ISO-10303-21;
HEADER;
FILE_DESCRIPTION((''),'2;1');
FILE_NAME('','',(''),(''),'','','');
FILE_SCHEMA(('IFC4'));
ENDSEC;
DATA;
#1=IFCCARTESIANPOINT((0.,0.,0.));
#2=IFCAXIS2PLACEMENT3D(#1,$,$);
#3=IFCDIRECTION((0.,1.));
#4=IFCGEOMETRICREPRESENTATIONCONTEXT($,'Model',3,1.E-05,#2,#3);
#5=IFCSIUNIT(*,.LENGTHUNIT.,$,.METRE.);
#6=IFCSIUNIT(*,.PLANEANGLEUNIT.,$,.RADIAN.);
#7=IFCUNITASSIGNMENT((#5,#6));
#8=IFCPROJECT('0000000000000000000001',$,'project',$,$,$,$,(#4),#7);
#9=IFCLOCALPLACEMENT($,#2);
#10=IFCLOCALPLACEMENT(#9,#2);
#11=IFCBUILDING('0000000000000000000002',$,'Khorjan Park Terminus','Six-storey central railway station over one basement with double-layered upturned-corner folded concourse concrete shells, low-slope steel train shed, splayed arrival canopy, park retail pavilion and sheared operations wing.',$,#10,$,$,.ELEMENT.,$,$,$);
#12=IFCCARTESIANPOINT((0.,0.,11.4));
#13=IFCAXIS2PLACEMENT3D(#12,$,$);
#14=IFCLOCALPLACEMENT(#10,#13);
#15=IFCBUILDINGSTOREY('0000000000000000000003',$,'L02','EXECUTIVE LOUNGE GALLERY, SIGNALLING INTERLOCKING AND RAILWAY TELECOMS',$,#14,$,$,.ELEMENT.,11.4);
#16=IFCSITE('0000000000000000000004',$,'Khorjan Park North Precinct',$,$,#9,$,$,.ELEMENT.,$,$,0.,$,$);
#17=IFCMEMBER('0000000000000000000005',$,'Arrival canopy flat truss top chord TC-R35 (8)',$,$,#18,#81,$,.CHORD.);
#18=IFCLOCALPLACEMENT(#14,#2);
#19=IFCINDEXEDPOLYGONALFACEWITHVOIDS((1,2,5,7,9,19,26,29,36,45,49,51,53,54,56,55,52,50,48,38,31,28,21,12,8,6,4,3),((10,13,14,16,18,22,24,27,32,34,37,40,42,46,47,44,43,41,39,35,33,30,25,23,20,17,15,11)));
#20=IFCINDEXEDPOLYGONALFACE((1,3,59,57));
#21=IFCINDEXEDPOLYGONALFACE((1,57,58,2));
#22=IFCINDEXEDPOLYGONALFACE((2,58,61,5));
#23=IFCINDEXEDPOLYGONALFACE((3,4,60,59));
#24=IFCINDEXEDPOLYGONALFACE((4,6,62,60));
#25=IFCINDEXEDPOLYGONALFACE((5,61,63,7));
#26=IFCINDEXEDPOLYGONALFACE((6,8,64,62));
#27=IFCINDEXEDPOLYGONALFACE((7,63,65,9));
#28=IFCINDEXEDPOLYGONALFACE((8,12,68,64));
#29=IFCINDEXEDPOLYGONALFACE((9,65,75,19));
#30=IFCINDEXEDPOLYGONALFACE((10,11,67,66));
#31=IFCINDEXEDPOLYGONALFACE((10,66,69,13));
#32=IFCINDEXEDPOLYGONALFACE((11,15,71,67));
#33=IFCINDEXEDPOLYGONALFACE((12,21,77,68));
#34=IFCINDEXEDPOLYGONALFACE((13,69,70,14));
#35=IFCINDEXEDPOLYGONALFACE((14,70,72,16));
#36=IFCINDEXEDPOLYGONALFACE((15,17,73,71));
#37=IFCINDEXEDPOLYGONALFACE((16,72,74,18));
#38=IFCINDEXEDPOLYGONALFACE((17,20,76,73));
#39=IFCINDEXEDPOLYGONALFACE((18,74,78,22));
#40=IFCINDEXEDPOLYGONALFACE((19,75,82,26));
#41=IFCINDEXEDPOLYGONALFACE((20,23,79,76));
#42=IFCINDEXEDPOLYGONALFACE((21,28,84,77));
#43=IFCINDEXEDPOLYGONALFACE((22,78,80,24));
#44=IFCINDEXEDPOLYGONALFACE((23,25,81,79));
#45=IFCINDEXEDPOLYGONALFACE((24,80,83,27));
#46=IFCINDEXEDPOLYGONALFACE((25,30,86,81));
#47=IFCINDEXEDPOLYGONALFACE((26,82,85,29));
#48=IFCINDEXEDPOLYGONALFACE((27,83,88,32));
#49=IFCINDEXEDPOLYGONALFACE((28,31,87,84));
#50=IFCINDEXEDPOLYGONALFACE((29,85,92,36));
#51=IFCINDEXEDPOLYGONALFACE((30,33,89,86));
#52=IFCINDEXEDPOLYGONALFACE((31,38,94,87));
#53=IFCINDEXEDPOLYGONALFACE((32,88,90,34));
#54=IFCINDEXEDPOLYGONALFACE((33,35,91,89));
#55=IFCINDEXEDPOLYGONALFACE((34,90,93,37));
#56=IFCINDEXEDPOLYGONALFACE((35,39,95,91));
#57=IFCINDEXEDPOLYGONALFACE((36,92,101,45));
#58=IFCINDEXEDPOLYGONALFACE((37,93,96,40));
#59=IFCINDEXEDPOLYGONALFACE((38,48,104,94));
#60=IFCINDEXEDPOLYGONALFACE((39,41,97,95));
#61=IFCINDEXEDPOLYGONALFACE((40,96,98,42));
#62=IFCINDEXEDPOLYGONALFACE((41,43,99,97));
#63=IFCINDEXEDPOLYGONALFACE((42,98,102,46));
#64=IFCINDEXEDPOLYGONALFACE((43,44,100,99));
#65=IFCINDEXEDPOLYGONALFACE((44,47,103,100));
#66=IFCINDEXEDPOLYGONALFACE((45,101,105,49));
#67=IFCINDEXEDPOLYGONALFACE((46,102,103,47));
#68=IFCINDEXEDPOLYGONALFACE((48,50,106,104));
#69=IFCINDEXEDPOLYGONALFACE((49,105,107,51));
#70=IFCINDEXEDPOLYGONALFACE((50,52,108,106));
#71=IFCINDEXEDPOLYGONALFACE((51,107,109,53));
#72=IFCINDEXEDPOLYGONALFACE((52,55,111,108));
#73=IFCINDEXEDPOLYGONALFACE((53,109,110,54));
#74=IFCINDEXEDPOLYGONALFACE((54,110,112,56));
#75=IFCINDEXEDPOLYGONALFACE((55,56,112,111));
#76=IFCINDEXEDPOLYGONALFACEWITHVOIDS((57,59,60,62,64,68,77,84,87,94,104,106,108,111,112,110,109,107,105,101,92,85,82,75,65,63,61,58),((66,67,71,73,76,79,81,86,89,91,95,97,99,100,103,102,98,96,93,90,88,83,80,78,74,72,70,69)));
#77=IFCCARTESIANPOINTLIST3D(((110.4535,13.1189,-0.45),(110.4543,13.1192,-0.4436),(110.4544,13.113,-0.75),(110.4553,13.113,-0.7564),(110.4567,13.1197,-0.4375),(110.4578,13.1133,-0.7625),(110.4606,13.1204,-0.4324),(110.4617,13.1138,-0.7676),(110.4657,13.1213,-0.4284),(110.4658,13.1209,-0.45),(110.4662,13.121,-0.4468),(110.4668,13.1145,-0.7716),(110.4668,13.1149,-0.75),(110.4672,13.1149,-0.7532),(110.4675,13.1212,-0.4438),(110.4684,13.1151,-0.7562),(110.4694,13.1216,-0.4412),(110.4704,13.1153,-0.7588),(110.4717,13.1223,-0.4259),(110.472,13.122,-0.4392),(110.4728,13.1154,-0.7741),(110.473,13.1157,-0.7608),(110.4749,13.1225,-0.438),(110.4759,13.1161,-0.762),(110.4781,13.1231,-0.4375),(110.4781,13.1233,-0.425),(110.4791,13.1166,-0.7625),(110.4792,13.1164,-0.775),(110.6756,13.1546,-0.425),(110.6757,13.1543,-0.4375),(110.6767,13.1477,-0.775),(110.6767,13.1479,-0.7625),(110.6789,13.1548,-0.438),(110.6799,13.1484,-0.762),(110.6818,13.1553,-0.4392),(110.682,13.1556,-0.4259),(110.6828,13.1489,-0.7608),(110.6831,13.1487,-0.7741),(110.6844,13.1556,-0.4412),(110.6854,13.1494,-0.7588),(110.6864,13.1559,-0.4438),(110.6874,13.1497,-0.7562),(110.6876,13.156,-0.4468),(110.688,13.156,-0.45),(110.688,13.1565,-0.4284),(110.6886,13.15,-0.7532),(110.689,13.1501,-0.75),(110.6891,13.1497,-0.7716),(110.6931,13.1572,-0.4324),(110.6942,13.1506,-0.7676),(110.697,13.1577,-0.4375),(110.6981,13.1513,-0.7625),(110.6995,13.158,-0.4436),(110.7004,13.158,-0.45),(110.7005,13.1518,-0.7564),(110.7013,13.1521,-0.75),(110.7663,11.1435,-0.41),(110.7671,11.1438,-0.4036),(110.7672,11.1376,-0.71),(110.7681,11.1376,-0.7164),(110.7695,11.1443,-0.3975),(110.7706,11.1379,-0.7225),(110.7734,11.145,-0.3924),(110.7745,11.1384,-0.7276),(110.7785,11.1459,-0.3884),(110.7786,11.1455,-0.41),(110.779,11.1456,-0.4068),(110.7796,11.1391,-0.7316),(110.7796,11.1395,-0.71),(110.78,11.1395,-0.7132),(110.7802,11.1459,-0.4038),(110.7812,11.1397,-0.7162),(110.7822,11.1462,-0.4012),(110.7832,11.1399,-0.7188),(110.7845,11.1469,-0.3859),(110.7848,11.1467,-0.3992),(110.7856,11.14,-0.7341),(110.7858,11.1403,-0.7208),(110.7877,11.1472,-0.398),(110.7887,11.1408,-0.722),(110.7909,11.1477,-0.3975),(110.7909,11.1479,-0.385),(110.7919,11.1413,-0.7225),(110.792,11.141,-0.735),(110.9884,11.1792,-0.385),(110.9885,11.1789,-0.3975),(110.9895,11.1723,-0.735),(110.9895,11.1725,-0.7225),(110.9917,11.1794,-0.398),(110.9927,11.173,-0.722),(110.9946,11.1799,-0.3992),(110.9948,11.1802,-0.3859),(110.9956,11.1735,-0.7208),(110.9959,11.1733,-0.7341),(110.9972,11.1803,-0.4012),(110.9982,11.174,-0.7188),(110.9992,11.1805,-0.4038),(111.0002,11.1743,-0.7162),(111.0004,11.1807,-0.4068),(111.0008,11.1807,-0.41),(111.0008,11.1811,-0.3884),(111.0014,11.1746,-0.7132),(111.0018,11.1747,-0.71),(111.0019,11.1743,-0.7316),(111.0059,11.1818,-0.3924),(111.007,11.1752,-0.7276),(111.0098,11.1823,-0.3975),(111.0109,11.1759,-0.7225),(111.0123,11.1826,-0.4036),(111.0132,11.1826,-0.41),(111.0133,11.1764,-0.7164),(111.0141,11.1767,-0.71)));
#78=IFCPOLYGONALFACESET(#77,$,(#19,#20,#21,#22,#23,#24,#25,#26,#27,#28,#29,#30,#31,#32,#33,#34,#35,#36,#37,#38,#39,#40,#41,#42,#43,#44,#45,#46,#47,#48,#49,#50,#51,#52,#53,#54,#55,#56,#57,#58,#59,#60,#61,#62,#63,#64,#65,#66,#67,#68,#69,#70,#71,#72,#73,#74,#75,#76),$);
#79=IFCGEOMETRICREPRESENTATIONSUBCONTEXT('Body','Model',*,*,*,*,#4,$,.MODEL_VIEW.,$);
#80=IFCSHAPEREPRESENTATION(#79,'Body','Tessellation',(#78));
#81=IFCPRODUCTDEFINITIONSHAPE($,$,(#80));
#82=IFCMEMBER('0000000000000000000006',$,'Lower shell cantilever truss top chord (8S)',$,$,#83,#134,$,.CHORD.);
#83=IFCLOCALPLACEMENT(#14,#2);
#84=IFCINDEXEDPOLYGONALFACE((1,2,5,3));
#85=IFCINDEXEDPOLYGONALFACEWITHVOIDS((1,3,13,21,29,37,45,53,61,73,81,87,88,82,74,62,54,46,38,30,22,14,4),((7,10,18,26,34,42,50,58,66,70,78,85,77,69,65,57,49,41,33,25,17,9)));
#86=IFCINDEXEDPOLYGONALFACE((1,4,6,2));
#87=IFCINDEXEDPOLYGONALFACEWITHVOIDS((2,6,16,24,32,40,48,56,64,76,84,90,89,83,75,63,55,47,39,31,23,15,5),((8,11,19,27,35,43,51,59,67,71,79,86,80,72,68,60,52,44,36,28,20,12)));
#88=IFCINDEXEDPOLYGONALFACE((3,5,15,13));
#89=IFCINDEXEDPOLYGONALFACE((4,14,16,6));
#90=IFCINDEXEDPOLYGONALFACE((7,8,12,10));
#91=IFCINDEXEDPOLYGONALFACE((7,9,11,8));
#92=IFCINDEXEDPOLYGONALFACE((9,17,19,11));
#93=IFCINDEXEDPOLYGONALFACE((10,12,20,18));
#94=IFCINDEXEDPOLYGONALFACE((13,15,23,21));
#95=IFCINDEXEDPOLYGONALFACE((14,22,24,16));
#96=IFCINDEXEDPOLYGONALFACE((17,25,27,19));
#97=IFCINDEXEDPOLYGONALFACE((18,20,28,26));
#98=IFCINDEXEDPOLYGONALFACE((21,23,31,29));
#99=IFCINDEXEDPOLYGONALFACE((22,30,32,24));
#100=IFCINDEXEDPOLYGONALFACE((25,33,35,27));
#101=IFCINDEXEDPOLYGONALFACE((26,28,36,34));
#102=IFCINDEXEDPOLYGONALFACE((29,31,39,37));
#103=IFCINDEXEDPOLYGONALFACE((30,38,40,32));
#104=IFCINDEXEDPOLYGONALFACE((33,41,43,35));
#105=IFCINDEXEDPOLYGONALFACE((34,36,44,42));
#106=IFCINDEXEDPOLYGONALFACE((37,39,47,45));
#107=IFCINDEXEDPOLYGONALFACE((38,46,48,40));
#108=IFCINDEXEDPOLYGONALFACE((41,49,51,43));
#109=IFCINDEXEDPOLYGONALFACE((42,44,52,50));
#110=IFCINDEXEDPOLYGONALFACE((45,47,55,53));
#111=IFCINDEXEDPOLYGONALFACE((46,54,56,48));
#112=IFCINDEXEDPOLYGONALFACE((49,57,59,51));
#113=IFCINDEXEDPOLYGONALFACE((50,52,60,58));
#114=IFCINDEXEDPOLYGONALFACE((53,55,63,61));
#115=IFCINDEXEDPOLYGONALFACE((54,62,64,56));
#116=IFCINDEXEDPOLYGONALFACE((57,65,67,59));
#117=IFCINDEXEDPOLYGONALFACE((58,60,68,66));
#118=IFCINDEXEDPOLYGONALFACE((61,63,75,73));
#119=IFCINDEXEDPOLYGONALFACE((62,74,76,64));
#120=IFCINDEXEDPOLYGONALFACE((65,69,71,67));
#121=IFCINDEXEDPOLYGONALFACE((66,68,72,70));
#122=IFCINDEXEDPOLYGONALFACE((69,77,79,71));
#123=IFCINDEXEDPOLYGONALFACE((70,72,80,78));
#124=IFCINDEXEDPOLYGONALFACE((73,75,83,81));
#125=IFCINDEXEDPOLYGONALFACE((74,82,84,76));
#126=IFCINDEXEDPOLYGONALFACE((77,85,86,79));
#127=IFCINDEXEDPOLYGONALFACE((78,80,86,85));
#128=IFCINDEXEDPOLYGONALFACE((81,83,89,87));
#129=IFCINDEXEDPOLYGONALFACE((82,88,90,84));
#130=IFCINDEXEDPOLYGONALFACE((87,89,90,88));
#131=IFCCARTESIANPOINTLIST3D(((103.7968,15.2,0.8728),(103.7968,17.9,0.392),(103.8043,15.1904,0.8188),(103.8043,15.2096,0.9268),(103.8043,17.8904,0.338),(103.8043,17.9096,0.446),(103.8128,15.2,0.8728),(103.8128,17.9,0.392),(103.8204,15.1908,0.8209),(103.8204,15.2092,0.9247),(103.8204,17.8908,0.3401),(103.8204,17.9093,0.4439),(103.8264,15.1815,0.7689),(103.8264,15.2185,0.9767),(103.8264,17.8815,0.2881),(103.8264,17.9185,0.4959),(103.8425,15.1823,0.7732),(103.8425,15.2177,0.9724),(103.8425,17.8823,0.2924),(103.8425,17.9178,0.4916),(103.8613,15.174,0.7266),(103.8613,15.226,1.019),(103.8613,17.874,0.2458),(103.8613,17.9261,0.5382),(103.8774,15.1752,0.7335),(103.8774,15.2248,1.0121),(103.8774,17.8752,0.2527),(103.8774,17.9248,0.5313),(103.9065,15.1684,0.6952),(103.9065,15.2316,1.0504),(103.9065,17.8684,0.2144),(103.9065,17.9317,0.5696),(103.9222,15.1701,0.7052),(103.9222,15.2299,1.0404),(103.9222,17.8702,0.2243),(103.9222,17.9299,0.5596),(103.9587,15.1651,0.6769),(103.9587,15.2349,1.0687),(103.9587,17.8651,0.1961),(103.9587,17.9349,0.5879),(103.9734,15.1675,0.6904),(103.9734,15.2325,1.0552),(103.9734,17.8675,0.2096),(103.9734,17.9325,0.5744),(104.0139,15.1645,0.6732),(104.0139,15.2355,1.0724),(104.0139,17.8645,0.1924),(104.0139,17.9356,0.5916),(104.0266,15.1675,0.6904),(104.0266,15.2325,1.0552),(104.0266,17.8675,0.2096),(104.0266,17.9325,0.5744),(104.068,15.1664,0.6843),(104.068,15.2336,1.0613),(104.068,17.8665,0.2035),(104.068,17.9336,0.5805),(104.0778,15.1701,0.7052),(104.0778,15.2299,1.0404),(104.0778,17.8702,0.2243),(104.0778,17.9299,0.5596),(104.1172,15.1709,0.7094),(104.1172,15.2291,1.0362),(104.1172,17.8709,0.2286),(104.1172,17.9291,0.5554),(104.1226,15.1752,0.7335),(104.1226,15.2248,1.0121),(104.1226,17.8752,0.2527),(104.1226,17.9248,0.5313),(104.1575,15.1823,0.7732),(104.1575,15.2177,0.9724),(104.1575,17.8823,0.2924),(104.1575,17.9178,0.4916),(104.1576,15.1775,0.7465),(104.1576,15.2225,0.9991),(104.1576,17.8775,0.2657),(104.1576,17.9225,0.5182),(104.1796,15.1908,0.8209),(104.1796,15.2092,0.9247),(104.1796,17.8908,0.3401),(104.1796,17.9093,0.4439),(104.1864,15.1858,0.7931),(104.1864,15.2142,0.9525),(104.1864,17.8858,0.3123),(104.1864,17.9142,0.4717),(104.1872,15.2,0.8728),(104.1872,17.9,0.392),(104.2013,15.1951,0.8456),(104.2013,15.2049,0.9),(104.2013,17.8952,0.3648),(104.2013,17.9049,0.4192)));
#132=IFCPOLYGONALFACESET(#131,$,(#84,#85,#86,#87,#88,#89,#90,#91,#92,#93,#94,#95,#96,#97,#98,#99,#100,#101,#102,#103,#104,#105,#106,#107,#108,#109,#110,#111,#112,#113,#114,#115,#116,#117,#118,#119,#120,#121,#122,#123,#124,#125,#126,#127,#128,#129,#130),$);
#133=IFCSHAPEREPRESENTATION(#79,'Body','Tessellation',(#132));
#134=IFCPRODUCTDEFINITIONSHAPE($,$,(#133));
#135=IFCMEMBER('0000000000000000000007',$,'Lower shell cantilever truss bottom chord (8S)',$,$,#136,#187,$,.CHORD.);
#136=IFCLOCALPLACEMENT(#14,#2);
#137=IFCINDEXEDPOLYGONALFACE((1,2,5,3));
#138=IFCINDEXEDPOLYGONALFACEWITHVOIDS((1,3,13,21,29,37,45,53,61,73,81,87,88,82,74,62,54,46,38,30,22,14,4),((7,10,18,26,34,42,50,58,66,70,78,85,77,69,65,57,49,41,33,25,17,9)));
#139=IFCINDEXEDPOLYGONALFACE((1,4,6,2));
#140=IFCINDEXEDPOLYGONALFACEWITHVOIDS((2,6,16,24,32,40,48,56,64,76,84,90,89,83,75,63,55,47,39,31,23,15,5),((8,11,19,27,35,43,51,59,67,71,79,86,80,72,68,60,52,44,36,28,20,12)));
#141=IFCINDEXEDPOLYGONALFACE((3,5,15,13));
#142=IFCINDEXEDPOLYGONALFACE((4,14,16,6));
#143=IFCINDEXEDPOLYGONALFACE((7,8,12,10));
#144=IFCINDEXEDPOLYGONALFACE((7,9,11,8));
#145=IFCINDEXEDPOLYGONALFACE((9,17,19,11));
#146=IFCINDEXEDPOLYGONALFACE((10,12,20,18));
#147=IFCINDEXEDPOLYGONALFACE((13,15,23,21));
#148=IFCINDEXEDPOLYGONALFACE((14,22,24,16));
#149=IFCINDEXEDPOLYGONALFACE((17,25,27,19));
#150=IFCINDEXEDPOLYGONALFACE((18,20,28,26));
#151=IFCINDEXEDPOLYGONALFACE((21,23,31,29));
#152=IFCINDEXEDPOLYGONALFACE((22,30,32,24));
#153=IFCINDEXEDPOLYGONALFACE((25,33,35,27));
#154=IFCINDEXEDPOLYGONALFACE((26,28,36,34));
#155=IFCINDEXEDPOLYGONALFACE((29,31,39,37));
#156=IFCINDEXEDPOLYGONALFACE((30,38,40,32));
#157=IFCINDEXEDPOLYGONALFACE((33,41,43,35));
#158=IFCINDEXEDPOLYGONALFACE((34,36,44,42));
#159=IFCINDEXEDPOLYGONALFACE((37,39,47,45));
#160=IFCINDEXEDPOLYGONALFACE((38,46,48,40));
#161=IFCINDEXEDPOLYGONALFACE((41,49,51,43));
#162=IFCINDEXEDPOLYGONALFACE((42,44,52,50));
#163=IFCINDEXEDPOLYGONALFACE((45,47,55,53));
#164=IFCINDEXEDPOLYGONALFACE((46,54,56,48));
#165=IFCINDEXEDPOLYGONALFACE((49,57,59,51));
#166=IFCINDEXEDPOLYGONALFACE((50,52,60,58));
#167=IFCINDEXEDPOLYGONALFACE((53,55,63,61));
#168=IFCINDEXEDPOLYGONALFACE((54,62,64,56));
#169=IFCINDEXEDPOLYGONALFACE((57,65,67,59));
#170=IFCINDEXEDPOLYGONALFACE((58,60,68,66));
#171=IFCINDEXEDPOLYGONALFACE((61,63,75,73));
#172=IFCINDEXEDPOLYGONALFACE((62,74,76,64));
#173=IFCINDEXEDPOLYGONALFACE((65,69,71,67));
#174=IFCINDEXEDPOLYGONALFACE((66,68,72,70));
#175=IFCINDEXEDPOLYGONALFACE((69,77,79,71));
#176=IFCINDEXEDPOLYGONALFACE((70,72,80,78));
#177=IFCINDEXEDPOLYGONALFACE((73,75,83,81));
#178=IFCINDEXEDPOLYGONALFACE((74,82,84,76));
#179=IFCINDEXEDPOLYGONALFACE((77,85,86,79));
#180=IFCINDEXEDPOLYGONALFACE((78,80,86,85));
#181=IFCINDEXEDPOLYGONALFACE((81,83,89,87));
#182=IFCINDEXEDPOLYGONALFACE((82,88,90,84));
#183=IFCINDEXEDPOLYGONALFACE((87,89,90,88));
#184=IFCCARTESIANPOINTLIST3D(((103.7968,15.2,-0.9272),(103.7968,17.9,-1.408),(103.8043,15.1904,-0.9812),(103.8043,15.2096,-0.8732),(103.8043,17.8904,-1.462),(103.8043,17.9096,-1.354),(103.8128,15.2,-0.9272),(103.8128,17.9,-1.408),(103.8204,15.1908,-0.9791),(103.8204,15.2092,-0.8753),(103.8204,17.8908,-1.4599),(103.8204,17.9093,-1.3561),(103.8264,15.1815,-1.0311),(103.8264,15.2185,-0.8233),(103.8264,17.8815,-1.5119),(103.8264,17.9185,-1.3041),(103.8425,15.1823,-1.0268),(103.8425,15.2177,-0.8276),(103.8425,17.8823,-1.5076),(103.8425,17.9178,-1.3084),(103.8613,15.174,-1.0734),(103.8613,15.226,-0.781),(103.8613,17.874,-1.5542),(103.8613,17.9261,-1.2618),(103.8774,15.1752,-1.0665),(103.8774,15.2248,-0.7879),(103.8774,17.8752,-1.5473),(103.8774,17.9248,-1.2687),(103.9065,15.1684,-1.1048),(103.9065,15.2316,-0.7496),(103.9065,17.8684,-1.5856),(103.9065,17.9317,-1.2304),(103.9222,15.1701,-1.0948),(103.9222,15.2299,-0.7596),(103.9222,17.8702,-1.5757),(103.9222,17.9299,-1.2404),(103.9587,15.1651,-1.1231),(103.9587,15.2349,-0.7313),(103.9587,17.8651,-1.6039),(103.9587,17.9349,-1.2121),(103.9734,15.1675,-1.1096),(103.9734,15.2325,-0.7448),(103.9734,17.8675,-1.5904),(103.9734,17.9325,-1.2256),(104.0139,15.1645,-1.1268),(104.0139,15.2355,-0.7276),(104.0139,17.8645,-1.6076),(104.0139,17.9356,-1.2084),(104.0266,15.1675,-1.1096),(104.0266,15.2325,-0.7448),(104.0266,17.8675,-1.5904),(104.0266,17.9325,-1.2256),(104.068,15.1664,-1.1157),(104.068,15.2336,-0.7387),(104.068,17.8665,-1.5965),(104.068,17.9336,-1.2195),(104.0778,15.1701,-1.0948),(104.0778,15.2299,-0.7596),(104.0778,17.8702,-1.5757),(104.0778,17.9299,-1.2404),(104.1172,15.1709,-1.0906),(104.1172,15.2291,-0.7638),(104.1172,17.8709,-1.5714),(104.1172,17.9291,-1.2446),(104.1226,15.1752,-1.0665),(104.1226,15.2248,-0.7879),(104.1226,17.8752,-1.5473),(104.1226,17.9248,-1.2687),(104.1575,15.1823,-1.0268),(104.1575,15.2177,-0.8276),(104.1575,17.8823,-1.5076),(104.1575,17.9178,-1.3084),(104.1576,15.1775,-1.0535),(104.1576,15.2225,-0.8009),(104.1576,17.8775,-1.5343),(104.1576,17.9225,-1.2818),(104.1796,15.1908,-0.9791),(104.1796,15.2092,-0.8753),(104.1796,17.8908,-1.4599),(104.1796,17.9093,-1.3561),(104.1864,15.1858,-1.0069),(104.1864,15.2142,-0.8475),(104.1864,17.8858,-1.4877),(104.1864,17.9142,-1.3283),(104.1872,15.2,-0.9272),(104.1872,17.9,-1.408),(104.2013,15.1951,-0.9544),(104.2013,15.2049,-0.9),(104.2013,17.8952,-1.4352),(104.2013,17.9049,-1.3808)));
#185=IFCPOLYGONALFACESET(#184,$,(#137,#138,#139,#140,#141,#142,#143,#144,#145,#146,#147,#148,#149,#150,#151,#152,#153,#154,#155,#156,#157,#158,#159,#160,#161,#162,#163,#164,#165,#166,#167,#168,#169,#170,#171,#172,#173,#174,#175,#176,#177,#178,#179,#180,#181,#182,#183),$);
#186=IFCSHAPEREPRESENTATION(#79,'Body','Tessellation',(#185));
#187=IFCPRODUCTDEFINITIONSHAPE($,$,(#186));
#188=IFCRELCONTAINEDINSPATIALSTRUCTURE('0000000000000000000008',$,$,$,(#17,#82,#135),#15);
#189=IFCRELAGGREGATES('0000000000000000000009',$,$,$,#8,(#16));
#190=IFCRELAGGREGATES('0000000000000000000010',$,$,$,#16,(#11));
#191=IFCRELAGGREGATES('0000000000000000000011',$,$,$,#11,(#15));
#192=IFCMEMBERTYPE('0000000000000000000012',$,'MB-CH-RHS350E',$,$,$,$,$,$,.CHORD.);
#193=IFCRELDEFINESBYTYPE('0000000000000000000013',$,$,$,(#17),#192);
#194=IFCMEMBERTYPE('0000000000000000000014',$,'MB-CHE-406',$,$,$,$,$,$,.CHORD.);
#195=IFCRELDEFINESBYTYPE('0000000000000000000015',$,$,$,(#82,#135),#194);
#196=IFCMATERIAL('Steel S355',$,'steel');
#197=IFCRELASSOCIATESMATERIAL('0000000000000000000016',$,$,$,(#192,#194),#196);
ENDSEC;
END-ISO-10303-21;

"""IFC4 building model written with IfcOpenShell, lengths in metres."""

from ifc_helpers import new_model, si_unit, direction, frame, origin, origin_2d, place, context, subcontext, project, spatial, hollow_rectangle, hollow_circle, extrude, material, material_profile, profile_set, type_object, element, save


model = new_model("IFC4")

# Units and contexts
model_context = context("Model", 3, precision=1e-05, world=origin(), true_north=direction((0.0, 1.0)))
body_context = subcontext(model_context, "Body", "Model", "MODEL_VIEW")
ifc_project = project(units=[si_unit("LENGTHUNIT", "METRE"), si_unit("PLANEANGLEUNIT", "RADIAN")], contexts=[model_context])

# Site, building, storey
site_placement = place(None, origin())
site = spatial("IfcSite", under=ifc_project, at=site_placement, Name="Khorjan Park North Precinct", CompositionType="ELEMENT", RefElevation=0.0)
building_placement = place(site_placement, origin())
building = spatial("IfcBuilding", under=site, at=building_placement, Name="Khorjan Park Terminus", Description="Six-storey central railway station over one basement with double-layered upturned-corner folded concourse concrete shells, low-slope steel train shed, splayed arrival canopy, park retail pavilion and sheared operations wing.", CompositionType="ELEMENT")
storey_placement = place(building_placement, frame((0.0, 0.0, 11.4)))
storey = spatial("IfcBuildingStorey", under=building, at=storey_placement, Name="L02", Description="EXECUTIVE LOUNGE GALLERY, SIGNALLING INTERLOCKING AND RAILWAY TELECOMS", CompositionType="ELEMENT", Elevation=11.4)

# Members
ifc_material_1 = material(Name="Steel S355", Category="steel")
ifc_material_profile_1 = material_profile(ifc_material_1, hollow_rectangle(XDim=0.25, YDim=0.35, WallThickness=0.0125, InnerFilletRadius=0.0125, OuterFilletRadius=0.025, at=origin_2d()), Name="RHS 350x250x12.5")
ifc_profile_set_1 = profile_set([ifc_material_profile_1], Name="Steel S355")
member_type_1 = type_object("IfcMemberType", Name="MB-CH-RHS350E", PredefinedType="CHORD", material=ifc_profile_set_1)
for number, where, z_axis, x_axis, name in (
    (1, (110.8902, 11.1601, -0.56), (-0.156368, 0.987496, -0.019996), (-0.987694, -0.156399, 0.0), "Arrival canopy flat truss top chord TC-R35 (8)"),
):
    element("IfcMember", number, at=place(storey_placement, frame(where, z_axis=z_axis, x_axis=x_axis)), inside=storey, type_object=member_type_1, Name=name, PredefinedType="CHORD", context=body_context, shape_type="SweptSolid", body=[
        extrude(hollow_rectangle(XDim=0.25, YDim=0.35, WallThickness=0.0125, InnerFilletRadius=0.0125, OuterFilletRadius=0.025, at=origin_2d()), origin(), (0.0, 0.0, 1.0), 2.0004),
    ])
ifc_material_profile_2 = material_profile(ifc_material_1, hollow_circle(Radius=0.2032, WallThickness=0.016, at=origin_2d()), Name="CHS 406.4x16")
ifc_profile_set_2 = profile_set([ifc_material_profile_2], Name="Steel S355")
member_type_2 = type_object("IfcMemberType", Name="MB-CHE-406", PredefinedType="CHORD", material=ifc_profile_set_2)
for number, where, z_axis, x_axis, name in (
    (2, (104.0, 15.2, 0.8728), (0.0, 0.984512, -0.175316), (-1.0, 0.0, 0.0), "Lower shell cantilever truss top chord (8S)"),
    (3, (104.0, 15.2, -0.9272), (0.0, 0.984512, -0.175316), (-1.0, 0.0, 0.0), "Lower shell cantilever truss bottom chord (8S)"),
):
    element("IfcMember", number, at=place(storey_placement, frame(where, z_axis=z_axis, x_axis=x_axis)), inside=storey, type_object=member_type_2, Name=name, PredefinedType="CHORD", context=body_context, shape_type="SweptSolid", body=[
        extrude(hollow_circle(Radius=0.2032, WallThickness=0.016, at=origin_2d()), origin(), (0.0, 0.0, 1.0), 2.7425),
    ])

save(model, "model.ifc")
